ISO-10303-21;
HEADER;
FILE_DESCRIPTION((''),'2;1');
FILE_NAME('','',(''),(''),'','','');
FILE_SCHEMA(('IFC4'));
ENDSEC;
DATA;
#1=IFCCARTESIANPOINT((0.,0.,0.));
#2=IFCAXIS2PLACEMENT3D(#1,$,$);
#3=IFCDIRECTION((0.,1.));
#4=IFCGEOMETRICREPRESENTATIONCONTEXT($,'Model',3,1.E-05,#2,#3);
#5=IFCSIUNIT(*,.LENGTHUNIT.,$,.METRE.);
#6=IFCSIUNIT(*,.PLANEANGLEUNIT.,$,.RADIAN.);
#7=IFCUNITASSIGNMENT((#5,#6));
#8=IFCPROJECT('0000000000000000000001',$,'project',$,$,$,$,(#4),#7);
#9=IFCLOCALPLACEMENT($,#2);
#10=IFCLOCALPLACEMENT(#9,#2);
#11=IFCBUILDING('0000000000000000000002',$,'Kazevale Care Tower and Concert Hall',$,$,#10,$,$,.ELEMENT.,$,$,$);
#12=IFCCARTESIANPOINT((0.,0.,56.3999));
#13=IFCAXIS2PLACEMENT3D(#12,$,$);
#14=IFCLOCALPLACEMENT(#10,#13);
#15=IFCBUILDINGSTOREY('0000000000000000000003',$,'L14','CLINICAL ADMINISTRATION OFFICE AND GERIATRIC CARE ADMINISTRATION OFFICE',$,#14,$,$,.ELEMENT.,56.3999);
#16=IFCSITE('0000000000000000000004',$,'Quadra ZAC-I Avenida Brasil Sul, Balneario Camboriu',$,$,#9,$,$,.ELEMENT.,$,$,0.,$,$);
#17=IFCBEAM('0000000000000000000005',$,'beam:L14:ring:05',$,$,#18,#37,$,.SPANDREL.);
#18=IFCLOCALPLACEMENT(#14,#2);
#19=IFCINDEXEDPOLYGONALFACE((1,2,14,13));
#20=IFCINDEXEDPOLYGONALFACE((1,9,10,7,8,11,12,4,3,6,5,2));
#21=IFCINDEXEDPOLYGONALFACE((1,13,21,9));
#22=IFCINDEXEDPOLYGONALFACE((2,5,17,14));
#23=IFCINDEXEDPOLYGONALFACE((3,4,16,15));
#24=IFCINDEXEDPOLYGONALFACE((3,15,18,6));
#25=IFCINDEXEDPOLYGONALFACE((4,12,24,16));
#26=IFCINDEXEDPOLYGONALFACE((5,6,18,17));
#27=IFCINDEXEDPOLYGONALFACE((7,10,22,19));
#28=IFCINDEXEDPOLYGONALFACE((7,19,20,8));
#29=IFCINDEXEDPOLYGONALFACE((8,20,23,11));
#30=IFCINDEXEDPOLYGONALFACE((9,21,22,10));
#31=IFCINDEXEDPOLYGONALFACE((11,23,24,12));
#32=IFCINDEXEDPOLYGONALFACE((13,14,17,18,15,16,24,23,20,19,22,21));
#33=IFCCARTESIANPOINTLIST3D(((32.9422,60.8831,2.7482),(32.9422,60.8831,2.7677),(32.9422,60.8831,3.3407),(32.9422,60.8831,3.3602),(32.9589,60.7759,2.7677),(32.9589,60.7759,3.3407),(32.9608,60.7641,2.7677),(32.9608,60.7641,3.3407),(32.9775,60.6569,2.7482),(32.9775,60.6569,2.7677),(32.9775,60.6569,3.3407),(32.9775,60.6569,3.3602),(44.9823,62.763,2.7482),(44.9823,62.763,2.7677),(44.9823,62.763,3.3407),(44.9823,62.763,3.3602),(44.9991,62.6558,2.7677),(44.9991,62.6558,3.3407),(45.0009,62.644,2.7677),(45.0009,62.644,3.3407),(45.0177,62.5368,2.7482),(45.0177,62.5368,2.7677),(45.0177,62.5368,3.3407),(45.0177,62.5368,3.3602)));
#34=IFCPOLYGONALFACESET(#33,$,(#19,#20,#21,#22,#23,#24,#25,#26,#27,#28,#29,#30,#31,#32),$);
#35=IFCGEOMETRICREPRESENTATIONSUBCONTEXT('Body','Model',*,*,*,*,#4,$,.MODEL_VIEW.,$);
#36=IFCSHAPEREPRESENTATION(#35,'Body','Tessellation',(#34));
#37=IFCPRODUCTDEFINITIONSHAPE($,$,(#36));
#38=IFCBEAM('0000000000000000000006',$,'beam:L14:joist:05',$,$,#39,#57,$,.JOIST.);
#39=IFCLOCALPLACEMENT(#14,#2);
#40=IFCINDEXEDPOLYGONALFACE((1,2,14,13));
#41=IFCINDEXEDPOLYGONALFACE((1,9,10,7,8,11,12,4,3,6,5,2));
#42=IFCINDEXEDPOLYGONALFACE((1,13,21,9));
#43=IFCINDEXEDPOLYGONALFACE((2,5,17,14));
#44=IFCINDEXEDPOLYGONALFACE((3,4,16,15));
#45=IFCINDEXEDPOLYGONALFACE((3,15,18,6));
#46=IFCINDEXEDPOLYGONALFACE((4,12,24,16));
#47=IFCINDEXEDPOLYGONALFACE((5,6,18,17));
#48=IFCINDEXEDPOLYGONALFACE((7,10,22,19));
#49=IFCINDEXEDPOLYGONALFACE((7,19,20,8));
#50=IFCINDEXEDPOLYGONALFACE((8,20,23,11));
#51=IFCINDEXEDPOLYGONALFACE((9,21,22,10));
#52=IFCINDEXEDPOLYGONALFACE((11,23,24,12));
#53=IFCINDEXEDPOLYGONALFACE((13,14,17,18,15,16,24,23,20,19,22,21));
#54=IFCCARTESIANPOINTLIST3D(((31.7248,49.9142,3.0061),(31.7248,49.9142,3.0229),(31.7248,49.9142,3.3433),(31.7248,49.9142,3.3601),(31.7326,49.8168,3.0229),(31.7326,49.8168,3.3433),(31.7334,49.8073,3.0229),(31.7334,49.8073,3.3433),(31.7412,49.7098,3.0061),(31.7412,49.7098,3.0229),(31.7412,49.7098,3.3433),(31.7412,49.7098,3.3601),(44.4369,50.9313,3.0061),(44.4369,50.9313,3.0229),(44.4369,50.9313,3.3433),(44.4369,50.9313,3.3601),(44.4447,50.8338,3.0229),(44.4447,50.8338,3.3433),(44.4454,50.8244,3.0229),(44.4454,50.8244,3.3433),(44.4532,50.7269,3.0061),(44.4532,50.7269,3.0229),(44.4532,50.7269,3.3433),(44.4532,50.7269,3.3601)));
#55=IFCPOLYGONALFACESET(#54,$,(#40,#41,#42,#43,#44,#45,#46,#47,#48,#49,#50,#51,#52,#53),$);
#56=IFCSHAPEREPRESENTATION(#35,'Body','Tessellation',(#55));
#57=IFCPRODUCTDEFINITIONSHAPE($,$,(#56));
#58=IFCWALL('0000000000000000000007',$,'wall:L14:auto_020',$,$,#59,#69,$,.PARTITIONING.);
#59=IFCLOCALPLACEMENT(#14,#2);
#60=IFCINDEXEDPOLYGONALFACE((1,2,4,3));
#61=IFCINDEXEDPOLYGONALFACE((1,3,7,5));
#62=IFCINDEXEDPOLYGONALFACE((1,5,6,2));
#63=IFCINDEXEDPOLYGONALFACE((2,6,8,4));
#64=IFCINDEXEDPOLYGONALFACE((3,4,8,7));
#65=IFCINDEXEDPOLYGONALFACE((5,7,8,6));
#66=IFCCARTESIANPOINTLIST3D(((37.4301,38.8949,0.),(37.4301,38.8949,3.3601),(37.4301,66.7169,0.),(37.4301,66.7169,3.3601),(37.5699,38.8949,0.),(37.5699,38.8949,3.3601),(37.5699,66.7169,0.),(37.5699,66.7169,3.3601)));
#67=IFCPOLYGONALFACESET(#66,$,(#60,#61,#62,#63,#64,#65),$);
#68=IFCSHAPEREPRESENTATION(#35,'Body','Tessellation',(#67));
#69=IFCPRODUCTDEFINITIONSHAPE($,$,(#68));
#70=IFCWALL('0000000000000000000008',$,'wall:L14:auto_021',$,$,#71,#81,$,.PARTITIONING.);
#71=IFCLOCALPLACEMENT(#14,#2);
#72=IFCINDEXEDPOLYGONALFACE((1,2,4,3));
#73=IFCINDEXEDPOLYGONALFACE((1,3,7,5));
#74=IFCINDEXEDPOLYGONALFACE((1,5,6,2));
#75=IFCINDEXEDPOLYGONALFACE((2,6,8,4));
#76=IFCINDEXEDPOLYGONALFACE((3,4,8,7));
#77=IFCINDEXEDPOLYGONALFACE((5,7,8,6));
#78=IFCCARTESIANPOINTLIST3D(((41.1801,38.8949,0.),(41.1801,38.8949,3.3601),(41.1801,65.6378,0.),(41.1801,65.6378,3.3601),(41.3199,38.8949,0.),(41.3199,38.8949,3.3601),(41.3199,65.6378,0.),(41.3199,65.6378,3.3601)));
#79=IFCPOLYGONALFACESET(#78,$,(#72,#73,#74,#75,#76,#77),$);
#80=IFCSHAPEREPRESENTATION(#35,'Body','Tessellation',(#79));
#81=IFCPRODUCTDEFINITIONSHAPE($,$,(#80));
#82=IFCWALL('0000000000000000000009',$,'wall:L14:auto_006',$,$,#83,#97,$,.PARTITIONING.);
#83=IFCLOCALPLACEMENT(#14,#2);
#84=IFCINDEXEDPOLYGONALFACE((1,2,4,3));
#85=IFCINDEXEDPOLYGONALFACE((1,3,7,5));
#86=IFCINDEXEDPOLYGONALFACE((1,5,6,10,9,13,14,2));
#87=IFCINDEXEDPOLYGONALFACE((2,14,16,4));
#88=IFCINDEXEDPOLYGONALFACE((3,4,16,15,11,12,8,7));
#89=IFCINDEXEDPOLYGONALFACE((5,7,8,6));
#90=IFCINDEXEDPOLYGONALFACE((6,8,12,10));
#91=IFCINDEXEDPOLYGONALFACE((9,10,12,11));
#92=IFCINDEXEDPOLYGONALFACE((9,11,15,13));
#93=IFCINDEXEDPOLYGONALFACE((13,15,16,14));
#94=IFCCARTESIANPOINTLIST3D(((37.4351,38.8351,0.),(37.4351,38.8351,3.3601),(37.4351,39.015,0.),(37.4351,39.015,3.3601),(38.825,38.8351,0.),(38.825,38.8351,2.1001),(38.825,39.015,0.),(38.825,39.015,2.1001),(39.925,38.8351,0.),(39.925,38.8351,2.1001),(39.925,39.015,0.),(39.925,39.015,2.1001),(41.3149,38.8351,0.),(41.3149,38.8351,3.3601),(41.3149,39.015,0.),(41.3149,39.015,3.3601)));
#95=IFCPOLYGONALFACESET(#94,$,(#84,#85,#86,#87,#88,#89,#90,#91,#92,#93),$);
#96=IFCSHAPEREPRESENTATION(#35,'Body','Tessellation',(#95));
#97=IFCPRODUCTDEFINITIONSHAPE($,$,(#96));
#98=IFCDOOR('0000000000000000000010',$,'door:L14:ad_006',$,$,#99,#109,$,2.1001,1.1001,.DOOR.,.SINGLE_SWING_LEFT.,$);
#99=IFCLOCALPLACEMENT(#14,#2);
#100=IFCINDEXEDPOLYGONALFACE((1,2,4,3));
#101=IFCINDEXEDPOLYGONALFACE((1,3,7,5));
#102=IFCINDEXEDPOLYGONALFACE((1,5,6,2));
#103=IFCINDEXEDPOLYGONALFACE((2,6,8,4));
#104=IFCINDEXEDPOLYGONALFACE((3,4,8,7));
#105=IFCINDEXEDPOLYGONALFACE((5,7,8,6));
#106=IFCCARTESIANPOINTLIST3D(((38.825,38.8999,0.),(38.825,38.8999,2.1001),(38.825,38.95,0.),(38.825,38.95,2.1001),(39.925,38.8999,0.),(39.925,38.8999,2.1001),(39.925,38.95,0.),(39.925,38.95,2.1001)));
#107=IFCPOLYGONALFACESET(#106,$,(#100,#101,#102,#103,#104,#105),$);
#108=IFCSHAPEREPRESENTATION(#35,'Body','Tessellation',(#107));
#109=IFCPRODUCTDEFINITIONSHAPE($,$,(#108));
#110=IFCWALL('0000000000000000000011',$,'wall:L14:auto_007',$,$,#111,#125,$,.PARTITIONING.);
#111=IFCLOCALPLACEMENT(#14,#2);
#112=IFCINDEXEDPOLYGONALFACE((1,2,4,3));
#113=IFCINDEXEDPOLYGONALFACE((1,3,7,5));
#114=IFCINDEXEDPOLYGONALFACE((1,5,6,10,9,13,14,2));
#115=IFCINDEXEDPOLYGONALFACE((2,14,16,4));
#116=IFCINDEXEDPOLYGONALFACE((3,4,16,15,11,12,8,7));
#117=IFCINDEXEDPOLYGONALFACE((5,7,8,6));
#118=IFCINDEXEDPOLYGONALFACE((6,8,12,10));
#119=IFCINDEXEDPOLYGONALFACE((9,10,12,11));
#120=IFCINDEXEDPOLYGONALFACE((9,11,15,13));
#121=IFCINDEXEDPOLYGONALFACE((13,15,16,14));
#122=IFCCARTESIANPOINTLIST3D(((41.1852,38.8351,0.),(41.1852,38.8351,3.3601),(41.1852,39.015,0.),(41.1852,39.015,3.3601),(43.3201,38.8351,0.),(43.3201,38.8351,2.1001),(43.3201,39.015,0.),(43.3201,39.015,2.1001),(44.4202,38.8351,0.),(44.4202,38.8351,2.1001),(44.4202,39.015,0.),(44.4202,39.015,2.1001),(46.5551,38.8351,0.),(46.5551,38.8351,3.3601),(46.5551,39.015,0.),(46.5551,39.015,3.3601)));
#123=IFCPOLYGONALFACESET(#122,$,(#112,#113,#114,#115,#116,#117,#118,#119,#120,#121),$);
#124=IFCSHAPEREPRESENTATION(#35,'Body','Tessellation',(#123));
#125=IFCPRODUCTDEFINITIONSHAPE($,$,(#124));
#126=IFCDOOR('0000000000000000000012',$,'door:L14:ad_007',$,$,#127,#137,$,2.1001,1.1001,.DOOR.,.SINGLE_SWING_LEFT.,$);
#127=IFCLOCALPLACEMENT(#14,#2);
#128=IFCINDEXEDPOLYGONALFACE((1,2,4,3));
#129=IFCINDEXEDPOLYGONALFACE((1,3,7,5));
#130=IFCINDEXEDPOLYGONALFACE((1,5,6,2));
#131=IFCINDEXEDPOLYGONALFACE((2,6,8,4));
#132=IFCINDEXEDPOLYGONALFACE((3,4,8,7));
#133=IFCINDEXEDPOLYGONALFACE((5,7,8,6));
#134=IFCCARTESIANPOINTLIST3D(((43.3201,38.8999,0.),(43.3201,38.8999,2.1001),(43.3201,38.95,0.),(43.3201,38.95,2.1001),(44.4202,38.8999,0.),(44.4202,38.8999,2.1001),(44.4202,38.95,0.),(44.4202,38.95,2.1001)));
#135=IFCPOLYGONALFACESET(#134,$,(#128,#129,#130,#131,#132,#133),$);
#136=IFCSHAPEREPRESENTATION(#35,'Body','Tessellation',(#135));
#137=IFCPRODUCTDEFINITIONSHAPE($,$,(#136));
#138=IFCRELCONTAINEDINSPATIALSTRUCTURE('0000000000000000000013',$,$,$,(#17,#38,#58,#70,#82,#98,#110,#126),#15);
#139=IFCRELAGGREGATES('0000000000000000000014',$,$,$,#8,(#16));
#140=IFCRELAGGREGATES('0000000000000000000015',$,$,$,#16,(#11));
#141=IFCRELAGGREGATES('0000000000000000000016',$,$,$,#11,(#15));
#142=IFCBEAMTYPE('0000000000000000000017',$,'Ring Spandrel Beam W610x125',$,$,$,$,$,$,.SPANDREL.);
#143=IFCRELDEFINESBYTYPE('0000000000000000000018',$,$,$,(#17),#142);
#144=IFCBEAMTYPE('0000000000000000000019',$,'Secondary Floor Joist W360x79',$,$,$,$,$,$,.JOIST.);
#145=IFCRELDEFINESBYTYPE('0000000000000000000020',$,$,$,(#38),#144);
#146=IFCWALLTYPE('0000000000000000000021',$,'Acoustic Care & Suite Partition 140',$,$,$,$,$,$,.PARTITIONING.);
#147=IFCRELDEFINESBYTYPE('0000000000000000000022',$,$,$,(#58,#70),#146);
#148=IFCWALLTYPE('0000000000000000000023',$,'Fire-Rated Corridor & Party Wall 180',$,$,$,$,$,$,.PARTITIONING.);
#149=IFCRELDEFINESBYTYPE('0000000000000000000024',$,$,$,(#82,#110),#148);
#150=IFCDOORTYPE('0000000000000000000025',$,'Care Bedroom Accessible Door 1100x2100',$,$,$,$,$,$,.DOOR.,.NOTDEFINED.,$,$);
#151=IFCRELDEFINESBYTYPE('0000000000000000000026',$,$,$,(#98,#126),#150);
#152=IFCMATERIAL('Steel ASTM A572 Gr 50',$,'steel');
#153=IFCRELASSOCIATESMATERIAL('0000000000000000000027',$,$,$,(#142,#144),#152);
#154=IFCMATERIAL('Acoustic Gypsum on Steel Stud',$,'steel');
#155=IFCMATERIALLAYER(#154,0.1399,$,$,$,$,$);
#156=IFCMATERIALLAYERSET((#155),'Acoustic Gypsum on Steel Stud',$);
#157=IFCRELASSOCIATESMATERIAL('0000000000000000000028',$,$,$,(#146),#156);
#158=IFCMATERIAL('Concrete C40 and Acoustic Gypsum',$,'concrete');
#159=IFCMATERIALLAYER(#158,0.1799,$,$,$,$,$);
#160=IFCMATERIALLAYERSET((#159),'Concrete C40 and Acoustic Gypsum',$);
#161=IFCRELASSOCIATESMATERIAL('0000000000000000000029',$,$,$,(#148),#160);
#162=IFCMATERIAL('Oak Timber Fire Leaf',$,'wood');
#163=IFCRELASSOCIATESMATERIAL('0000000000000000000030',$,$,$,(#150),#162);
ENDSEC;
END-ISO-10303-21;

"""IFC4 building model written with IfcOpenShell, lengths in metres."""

from ifc_helpers import new_model, si_unit, direction, frame, frame_2d, origin, origin_2d, place, context, subcontext, project, spatial, rectangle, i_section, extrude, material, layer, layer_set, material_profile, profile_set, type_object, element, fill, save


model = new_model("IFC4")

# Units and contexts
model_context = context("Model", 3, precision=1e-05, world=origin(), true_north=direction((0.0, 1.0)))
body_context = subcontext(model_context, "Body", "Model", "MODEL_VIEW")
ifc_project = project(units=[si_unit("LENGTHUNIT", "METRE"), si_unit("PLANEANGLEUNIT", "RADIAN")], contexts=[model_context])

# Site, building, storey
site_placement = place(None, origin())
site = spatial("IfcSite", under=ifc_project, at=site_placement, Name="Quadra ZAC-I Avenida Brasil Sul, Balneario Camboriu", CompositionType="ELEMENT", RefElevation=0.0)
building_placement = place(site_placement, origin())
building = spatial("IfcBuilding", under=site, at=building_placement, Name="Kazevale Care Tower and Concert Hall", CompositionType="ELEMENT")
storey_placement = place(building_placement, frame((0.0, 0.0, 56.3999)))
storey = spatial("IfcBuildingStorey", under=building, at=storey_placement, Name="L14", Description="CLINICAL ADMINISTRATION OFFICE AND GERIATRIC CARE ADMINISTRATION OFFICE", CompositionType="ELEMENT", Elevation=56.3999)

# Beams
ifc_material_1 = material(Name="Steel ASTM A572 Gr 50", Category="steel")
ifc_material_profile_1 = material_profile(ifc_material_1, i_section(OverallWidth=0.229, OverallDepth=0.6121, WebThickness=0.012, FlangeThickness=0.0195, at=origin_2d()), Name="W610x125")
ifc_profile_set_1 = profile_set([ifc_material_profile_1], Name="Steel ASTM A572 Gr 50")
beam_type_1 = type_object("IfcBeamType", Name="Ring Spandrel Beam W610x125", PredefinedType="SPANDREL", material=ifc_profile_set_1)
beam_1_placement = place(storey_placement, frame((45.0, 62.6499, 3.0542), z_axis=(-0.988029, -0.154267, 0.0), x_axis=(0.154267, -0.988029, 0.0)))
element("IfcBeam", 1, at=beam_1_placement, inside=storey, type_object=beam_type_1, Name="beam:L14:ring:05", PredefinedType="SPANDREL", context=body_context, shape_type="SweptSolid", body=[
    extrude(i_section(OverallWidth=0.229, OverallDepth=0.6121, WebThickness=0.012, FlangeThickness=0.0195, at=origin_2d()), origin(), (0.0, 0.0, 1.0), 12.186),
])
ifc_material_profile_2 = material_profile(ifc_material_1, i_section(OverallWidth=0.2051, OverallDepth=0.354, WebThickness=0.0095, FlangeThickness=0.0168, at=origin_2d()), Name="W360x79")
ifc_profile_set_2 = profile_set([ifc_material_profile_2], Name="Steel ASTM A572 Gr 50")
beam_type_2 = type_object("IfcBeamType", Name="Secondary Floor Joist W360x79", PredefinedType="JOIST", material=ifc_profile_set_2)
beam_2_placement = place(storey_placement, frame((44.4451, 50.8291, 3.1831), z_axis=(-0.996815, -0.079754, 0.0), x_axis=(0.079754, -0.996815, 0.0)))
element("IfcBeam", 2, at=beam_2_placement, inside=storey, type_object=beam_type_2, Name="beam:L14:joist:05", PredefinedType="JOIST", context=body_context, shape_type="SweptSolid", body=[
    extrude(i_section(OverallWidth=0.2051, OverallDepth=0.354, WebThickness=0.0095, FlangeThickness=0.0168, at=origin_2d()), origin(), (0.0, 0.0, 1.0), 12.7527),
])

# Walls
ifc_material_2 = material(Name="Acoustic Gypsum on Steel Stud", Category="steel")
ifc_layer_1 = layer(ifc_material_2, 0.1399)
ifc_layer_set_1 = layer_set([ifc_layer_1], Name="Acoustic Gypsum on Steel Stud")
wall_type_1 = type_object("IfcWallType", Name="Acoustic Care & Suite Partition 140", PredefinedType="PARTITIONING", material=ifc_layer_set_1)
wall_1_placement = place(storey_placement, frame((37.5, 66.717, 0.0), z_axis=(0.0, 0.0, 1.0), x_axis=(0.0, -1.0, 0.0)))
element("IfcWall", 3, at=wall_1_placement, inside=storey, type_object=wall_type_1, Name="wall:L14:auto_020", PredefinedType="PARTITIONING", context=body_context, shape_type="SweptSolid", body=[
    extrude(rectangle(XDim=27.822, YDim=0.1399, at=frame_2d((13.9111, 0.0))), origin(), (0.0, 0.0, 1.0), 3.3601),
])
wall_2_placement = place(storey_placement, frame((41.25, 65.6379, 0.0), z_axis=(0.0, 0.0, 1.0), x_axis=(0.0, -1.0, 0.0)))
element("IfcWall", 4, at=wall_2_placement, inside=storey, type_object=wall_type_1, Name="wall:L14:auto_021", PredefinedType="PARTITIONING", context=body_context, shape_type="SweptSolid", body=[
    extrude(rectangle(XDim=26.7429, YDim=0.1399, at=frame_2d((13.3716, 0.0))), origin(), (0.0, 0.0, 1.0), 3.3601),
])

# Walls, openings, doors
ifc_material_3 = material(Name="Concrete C40 and Acoustic Gypsum", Category="concrete")
ifc_layer_2 = layer(ifc_material_3, 0.1799)
ifc_layer_set_2 = layer_set([ifc_layer_2], Name="Concrete C40 and Acoustic Gypsum")
wall_type_2 = type_object("IfcWallType", Name="Fire-Rated Corridor & Party Wall 180", PredefinedType="PARTITIONING", material=ifc_layer_set_2)
wall_3_placement = place(storey_placement, frame((37.4351, 38.925, 0.0), z_axis=(0.0, 0.0, 1.0), x_axis=(1.0, 0.0, 0.0)))
wall_3 = element("IfcWall", 5, at=wall_3_placement, inside=storey, type_object=wall_type_2, Name="wall:L14:auto_006", PredefinedType="PARTITIONING", context=body_context, shape_type="SweptSolid", body=[
    extrude(rectangle(XDim=3.8799, YDim=0.1799, at=frame_2d((1.9399, 0.0))), origin(), (0.0, 0.0, 1.0), 3.3601),
])
opening_1_placement = place(wall_3_placement, frame((1.3899, 0.0, 0.0)))
opening_1 = element("IfcOpeningElement", 6, at=opening_1_placement, cuts=wall_3, PredefinedType="OPENING", context=body_context, shape_type="SweptSolid", body=[
    extrude(rectangle(XDim=1.1001, YDim=2.1001, at=frame_2d((0.55, 1.05))), frame((0.0, 0.0999, 0.0), z_axis=(0.0, -1.0, 0.0), x_axis=(1.0, 0.0, 0.0)), (0.0, 0.0, 1.0), 0.2),
])
ifc_material_4 = material(Name="Oak Timber Fire Leaf", Category="wood")
door_type = type_object("IfcDoorType", Name="Care Bedroom Accessible Door 1100x2100", OperationType="NOTDEFINED", PredefinedType="DOOR", material=ifc_material_4)
door_1_placement = place(opening_1_placement, origin())
door_1 = element("IfcDoor", 7, at=door_1_placement, inside=storey, type_object=door_type, Name="door:L14:ad_006", OperationType="SINGLE_SWING_LEFT", OverallHeight=2.1001, OverallWidth=1.1001, PredefinedType="DOOR", context=body_context, shape_type="SweptSolid", body=[
    extrude(rectangle(XDim=1.1001, YDim=2.1001, at=frame_2d((0.55, 1.05))), frame((0.0, 0.0249, 0.0), z_axis=(0.0, -1.0, 0.0), x_axis=(1.0, 0.0, 0.0)), (0.0, 0.0, 1.0), 0.05),
])
fill(opening_1, door_1)
wall_4_placement = place(storey_placement, frame((41.1851, 38.925, 0.0), z_axis=(0.0, 0.0, 1.0), x_axis=(1.0, 0.0, 0.0)))
wall_4 = element("IfcWall", 8, at=wall_4_placement, inside=storey, type_object=wall_type_2, Name="wall:L14:auto_007", PredefinedType="PARTITIONING", context=body_context, shape_type="SweptSolid", body=[
    extrude(rectangle(XDim=5.3699, YDim=0.1799, at=frame_2d((2.6851, 0.0))), origin(), (0.0, 0.0, 1.0), 3.3601),
])
opening_2_placement = place(wall_4_placement, frame((2.135, 0.0, 0.0)))
opening_2 = element("IfcOpeningElement", 9, at=opening_2_placement, cuts=wall_4, PredefinedType="OPENING", context=body_context, shape_type="SweptSolid", body=[
    extrude(rectangle(XDim=1.1001, YDim=2.1001, at=frame_2d((0.55, 1.05))), frame((0.0, 0.0999, 0.0), z_axis=(0.0, -1.0, 0.0), x_axis=(1.0, 0.0, 0.0)), (0.0, 0.0, 1.0), 0.2),
])
door_2_placement = place(opening_2_placement, origin())
door_2 = element("IfcDoor", 10, at=door_2_placement, inside=storey, type_object=door_type, Name="door:L14:ad_007", OperationType="SINGLE_SWING_LEFT", OverallHeight=2.1001, OverallWidth=1.1001, PredefinedType="DOOR", context=body_context, shape_type="SweptSolid", body=[
    extrude(rectangle(XDim=1.1001, YDim=2.1001, at=frame_2d((0.55, 1.05))), frame((0.0, 0.0249, 0.0), z_axis=(0.0, -1.0, 0.0), x_axis=(1.0, 0.0, 0.0)), (0.0, 0.0, 1.0), 0.05),
])
fill(opening_2, door_2)

save(model, "model.ifc")
